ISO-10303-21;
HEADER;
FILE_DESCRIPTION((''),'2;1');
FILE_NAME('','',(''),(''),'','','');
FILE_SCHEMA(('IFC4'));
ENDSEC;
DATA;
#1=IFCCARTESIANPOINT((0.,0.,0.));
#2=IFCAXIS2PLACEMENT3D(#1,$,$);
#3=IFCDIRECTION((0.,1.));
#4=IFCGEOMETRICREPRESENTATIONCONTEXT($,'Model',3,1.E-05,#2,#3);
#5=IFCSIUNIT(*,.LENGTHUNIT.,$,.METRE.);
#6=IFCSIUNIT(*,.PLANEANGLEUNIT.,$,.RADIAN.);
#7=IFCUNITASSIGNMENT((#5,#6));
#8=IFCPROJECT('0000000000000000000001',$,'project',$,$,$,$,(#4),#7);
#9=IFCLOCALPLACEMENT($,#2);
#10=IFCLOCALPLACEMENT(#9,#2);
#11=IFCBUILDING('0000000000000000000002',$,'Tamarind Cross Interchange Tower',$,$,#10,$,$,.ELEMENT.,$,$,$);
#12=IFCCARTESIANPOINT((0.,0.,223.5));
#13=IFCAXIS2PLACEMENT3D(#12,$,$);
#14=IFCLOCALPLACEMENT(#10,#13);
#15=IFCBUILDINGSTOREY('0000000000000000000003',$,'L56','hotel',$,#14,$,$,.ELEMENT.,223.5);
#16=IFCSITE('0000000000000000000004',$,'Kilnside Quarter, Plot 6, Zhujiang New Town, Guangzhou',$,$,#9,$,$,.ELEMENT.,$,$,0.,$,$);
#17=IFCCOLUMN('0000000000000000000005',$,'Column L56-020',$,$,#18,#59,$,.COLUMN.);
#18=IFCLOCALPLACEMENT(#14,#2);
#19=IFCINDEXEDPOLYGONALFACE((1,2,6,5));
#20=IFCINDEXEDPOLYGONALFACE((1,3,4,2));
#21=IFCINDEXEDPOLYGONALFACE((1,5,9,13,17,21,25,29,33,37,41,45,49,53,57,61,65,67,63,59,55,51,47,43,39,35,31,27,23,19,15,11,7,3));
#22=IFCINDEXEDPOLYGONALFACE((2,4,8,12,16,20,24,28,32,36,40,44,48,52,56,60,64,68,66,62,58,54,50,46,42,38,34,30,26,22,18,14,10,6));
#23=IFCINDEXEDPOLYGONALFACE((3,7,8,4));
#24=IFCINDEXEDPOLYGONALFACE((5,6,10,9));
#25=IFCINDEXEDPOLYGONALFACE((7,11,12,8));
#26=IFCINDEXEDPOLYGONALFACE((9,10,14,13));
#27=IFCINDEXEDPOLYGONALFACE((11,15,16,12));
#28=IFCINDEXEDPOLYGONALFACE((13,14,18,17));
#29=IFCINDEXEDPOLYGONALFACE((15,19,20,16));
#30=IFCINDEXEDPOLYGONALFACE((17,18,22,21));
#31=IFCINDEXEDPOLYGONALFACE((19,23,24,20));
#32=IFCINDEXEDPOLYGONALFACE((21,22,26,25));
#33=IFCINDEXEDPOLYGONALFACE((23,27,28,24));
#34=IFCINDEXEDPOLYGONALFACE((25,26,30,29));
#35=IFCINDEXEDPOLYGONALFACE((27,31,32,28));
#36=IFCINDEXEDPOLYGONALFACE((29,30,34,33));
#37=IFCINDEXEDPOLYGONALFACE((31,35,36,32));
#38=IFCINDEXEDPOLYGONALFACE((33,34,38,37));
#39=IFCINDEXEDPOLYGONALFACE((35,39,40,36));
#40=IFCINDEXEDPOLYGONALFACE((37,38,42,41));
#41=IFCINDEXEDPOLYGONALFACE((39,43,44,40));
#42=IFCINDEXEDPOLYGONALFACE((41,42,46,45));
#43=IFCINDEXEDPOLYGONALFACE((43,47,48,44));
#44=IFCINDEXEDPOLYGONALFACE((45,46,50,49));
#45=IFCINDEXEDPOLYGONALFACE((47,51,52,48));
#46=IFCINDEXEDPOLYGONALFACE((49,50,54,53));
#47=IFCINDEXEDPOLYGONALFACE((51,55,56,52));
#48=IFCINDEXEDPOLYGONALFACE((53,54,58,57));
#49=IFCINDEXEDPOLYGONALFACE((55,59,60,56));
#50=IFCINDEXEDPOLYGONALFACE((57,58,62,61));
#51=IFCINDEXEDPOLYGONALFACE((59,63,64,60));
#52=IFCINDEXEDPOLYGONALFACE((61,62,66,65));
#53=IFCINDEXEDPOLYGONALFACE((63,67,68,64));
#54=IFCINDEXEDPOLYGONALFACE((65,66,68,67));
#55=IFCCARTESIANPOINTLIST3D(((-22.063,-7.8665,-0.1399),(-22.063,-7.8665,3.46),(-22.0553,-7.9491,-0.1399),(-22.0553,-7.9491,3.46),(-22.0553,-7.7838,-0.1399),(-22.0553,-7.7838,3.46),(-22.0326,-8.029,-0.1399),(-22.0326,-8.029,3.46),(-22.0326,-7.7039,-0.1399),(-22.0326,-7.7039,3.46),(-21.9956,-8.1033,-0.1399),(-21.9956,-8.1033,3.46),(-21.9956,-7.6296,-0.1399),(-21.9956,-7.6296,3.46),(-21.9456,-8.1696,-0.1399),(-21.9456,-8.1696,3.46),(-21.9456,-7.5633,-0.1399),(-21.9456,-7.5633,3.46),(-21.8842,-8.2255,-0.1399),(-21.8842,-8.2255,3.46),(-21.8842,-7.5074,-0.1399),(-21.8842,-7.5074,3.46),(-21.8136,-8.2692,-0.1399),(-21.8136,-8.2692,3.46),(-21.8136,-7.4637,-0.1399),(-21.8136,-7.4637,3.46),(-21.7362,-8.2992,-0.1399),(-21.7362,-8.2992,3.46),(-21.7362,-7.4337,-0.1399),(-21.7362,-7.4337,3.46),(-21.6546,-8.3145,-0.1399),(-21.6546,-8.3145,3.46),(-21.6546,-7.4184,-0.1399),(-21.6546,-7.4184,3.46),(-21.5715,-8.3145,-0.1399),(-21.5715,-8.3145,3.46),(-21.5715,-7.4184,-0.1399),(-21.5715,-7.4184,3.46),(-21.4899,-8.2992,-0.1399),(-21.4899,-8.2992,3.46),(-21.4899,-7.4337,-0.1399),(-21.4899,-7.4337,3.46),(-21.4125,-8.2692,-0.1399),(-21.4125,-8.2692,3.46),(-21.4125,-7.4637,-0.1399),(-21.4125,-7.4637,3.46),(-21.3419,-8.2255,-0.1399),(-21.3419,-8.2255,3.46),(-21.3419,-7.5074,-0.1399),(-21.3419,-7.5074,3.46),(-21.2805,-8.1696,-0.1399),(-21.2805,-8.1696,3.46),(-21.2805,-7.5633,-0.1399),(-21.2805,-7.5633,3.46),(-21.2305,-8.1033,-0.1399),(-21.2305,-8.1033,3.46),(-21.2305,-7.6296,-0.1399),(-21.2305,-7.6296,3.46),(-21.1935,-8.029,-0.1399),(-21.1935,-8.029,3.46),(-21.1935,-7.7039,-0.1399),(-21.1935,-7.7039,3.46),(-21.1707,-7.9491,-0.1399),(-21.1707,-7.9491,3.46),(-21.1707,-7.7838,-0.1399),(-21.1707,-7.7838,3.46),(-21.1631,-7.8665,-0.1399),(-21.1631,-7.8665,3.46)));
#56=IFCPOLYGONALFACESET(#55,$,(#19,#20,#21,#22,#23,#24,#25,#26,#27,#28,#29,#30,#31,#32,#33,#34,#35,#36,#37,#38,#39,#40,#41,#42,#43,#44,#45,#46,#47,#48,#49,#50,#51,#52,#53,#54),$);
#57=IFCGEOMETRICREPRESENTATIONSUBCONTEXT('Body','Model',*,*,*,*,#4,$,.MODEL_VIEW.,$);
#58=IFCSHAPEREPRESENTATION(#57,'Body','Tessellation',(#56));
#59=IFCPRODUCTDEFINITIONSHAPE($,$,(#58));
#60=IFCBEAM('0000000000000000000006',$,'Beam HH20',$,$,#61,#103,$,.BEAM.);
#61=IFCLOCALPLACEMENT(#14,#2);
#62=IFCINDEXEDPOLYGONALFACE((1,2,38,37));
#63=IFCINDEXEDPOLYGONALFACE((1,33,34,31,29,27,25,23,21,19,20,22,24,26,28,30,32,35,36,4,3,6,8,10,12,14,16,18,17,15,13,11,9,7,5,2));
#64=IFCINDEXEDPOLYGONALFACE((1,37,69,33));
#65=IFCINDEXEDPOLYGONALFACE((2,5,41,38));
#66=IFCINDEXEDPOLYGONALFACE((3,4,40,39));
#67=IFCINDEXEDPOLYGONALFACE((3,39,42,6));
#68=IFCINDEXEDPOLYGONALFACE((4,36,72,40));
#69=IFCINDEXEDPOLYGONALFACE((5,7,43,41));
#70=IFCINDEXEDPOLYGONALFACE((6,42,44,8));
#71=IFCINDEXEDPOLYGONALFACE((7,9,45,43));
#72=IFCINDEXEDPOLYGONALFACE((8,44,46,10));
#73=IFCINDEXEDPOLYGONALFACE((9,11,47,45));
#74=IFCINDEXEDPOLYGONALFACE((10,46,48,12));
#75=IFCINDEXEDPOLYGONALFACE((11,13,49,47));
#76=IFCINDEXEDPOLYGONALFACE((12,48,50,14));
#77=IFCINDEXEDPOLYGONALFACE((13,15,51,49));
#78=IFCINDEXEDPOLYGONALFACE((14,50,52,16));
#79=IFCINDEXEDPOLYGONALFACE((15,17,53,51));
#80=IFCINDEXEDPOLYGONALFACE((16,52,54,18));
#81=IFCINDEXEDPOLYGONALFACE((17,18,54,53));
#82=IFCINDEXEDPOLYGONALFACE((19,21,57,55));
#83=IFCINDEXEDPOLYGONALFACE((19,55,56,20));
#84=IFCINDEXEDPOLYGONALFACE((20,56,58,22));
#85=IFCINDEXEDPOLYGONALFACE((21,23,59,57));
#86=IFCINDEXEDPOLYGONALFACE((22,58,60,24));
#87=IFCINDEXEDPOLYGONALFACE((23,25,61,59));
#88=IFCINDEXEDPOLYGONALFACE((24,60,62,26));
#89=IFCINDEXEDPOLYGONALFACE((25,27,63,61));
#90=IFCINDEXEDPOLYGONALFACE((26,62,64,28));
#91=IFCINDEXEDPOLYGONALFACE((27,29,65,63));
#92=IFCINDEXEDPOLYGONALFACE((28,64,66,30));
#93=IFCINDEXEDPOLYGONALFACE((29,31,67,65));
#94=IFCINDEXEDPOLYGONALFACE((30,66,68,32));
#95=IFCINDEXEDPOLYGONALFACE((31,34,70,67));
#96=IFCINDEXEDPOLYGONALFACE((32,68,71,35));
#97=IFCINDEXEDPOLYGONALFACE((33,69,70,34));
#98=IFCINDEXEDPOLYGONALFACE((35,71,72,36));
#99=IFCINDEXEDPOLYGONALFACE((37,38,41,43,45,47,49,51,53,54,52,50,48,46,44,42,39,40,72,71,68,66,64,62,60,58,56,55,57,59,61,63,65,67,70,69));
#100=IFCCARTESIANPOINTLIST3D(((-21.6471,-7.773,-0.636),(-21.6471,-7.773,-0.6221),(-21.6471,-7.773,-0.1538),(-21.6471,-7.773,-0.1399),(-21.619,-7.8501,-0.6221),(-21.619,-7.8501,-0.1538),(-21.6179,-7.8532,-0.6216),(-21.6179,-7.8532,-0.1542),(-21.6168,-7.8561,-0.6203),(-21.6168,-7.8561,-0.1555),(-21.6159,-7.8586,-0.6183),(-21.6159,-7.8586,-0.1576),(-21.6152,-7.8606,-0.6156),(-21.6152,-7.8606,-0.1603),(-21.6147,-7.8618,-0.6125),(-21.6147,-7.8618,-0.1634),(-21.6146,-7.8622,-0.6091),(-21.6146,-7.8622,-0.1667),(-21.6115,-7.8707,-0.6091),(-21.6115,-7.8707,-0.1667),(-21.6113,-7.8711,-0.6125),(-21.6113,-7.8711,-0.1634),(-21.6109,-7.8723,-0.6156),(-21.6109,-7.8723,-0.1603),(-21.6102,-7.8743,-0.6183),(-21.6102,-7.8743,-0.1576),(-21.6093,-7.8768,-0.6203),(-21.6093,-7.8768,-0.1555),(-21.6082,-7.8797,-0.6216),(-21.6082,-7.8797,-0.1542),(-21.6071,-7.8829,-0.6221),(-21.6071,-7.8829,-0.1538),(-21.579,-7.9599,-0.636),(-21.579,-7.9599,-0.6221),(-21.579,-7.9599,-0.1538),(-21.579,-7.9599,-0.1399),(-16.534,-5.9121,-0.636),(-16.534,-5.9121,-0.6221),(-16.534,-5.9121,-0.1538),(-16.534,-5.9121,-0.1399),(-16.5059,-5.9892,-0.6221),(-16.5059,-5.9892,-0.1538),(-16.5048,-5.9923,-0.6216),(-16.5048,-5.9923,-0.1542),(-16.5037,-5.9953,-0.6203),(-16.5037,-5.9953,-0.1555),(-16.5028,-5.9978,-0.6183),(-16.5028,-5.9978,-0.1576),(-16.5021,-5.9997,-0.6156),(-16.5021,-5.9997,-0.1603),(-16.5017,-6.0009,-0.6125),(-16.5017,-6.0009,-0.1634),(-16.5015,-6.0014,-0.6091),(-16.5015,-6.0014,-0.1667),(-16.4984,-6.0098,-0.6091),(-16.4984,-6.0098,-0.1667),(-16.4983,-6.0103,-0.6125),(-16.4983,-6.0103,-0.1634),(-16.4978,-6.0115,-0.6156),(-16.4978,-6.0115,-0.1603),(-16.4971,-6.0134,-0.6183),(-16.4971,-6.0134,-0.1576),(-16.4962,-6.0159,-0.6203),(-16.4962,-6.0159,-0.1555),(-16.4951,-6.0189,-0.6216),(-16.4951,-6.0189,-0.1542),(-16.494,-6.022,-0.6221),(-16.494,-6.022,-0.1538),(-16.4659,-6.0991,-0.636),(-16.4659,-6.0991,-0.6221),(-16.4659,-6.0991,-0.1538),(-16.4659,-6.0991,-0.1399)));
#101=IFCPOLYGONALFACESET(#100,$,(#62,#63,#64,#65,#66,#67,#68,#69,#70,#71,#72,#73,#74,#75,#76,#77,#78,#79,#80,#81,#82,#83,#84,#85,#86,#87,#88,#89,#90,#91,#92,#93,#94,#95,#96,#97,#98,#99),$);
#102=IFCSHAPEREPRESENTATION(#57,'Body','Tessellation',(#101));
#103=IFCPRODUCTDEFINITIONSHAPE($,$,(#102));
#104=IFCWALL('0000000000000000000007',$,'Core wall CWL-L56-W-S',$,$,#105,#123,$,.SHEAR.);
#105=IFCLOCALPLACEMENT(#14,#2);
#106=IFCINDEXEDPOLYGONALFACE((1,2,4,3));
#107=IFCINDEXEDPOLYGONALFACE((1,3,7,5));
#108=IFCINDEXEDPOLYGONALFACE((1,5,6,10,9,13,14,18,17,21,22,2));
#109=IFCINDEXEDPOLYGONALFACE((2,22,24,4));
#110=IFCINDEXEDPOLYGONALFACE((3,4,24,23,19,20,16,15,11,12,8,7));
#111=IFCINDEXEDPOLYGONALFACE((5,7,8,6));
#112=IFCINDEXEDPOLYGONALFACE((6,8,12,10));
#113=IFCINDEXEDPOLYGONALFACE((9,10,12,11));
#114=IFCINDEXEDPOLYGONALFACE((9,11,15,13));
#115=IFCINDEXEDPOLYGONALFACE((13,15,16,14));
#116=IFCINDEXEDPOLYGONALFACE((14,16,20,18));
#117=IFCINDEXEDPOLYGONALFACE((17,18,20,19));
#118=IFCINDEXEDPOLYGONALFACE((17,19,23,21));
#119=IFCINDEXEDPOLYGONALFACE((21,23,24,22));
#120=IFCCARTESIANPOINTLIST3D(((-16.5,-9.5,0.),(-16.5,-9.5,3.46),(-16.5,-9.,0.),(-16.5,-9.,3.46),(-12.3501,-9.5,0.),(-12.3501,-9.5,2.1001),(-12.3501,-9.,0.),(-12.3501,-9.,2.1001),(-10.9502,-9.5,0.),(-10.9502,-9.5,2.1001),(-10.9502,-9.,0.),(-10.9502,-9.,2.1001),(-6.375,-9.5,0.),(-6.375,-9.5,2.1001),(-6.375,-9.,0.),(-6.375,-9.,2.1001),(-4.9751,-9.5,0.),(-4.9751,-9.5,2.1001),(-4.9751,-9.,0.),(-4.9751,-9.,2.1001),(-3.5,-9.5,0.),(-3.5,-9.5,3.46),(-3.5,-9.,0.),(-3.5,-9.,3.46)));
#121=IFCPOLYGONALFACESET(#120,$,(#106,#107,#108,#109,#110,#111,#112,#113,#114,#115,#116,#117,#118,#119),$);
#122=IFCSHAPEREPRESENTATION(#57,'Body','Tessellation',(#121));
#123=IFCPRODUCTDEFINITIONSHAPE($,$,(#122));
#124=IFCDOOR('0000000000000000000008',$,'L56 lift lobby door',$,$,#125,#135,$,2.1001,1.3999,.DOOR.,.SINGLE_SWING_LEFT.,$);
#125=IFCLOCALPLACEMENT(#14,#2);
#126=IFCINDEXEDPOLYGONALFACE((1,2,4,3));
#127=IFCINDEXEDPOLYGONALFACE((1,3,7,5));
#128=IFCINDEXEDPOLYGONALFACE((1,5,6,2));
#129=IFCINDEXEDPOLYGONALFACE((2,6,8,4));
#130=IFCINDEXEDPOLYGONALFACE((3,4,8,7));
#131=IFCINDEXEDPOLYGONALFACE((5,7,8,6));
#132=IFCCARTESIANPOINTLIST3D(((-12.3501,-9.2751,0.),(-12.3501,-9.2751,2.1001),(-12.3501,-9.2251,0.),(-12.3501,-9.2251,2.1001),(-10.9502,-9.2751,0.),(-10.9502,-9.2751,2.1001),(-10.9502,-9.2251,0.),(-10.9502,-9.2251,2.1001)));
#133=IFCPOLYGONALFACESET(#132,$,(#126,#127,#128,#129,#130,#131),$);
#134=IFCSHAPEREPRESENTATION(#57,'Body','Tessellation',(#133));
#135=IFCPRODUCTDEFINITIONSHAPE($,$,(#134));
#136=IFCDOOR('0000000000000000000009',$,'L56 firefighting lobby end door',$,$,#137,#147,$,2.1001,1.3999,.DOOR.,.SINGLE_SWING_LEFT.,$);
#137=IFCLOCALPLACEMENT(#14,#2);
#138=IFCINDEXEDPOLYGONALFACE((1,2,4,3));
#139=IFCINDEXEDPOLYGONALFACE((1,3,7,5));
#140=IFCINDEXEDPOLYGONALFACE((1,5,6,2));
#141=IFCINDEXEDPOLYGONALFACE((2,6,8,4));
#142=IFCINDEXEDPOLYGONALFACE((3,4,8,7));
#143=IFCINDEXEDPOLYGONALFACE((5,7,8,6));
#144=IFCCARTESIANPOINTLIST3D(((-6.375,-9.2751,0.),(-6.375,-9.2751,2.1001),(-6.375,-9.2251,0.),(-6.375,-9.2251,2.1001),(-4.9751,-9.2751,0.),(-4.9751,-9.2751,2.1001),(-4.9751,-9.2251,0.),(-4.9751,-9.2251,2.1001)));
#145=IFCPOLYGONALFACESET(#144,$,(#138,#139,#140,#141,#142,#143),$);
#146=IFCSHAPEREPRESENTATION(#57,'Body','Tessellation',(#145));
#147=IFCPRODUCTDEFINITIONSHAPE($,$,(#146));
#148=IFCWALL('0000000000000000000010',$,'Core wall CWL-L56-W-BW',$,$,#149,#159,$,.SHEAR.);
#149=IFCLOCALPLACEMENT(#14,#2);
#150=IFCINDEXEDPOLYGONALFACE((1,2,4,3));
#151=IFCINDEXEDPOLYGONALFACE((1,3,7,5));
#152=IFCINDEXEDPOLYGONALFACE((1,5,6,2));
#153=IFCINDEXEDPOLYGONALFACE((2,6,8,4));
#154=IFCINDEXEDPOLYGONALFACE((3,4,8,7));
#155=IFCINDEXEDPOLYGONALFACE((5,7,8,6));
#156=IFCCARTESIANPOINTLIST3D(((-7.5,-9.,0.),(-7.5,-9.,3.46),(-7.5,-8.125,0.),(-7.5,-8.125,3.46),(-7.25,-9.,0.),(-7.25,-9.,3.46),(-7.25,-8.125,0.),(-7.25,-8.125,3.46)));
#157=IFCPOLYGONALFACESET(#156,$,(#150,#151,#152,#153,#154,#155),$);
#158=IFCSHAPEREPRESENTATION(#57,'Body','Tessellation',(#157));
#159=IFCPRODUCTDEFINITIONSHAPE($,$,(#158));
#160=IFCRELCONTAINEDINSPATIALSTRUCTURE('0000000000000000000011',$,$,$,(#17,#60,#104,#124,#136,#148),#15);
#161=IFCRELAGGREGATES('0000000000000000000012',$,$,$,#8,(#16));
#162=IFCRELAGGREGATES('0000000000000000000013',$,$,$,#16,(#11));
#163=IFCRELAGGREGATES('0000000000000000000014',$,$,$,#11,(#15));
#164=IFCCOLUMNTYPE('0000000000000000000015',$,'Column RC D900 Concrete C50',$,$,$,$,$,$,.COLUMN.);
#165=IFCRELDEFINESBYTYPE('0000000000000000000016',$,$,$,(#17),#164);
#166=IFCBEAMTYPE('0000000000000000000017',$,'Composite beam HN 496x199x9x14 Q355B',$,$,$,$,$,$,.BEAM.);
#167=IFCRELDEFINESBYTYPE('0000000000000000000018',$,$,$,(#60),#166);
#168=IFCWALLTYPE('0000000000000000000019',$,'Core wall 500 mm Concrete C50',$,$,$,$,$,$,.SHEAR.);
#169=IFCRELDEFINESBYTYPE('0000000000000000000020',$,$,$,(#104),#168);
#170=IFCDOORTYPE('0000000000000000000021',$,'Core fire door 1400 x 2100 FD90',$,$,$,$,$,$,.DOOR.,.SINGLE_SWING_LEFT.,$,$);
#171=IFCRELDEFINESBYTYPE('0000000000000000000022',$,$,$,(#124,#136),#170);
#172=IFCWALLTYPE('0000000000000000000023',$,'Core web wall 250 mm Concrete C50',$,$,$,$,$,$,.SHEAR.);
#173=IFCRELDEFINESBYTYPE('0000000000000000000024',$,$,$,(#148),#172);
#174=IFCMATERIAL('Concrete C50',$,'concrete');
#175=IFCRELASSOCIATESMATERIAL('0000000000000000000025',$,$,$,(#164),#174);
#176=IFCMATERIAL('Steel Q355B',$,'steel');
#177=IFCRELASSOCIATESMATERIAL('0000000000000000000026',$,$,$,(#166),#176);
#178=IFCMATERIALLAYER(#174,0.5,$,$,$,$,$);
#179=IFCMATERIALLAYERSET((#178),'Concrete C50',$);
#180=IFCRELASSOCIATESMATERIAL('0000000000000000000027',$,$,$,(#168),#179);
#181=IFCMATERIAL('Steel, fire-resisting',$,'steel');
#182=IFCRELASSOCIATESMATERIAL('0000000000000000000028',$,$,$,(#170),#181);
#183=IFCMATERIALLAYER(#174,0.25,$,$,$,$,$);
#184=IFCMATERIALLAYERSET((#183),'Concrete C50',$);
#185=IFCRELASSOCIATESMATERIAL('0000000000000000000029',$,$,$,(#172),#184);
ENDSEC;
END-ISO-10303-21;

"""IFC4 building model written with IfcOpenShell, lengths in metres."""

from ifc_helpers import new_model, si_unit, direction, frame, frame_2d, origin, origin_2d, place, context, subcontext, project, spatial, rectangle, circle, i_section, extrude, material, layer, layer_set, material_profile, profile_set, type_object, element, fill, save


model = new_model("IFC4")

# Units and contexts
model_context = context("Model", 3, precision=1e-05, world=origin(), true_north=direction((0.0, 1.0)))
body_context = subcontext(model_context, "Body", "Model", "MODEL_VIEW")
ifc_project = project(units=[si_unit("LENGTHUNIT", "METRE"), si_unit("PLANEANGLEUNIT", "RADIAN")], contexts=[model_context])

# Site, building, storey
site_placement = place(None, origin())
site = spatial("IfcSite", under=ifc_project, at=site_placement, Name="Kilnside Quarter, Plot 6, Zhujiang New Town, Guangzhou", CompositionType="ELEMENT", RefElevation=0.0)
building_placement = place(site_placement, origin())
building = spatial("IfcBuilding", under=site, at=building_placement, Name="Tamarind Cross Interchange Tower", CompositionType="ELEMENT")
storey_placement = place(building_placement, frame((0.0, 0.0, 223.5)))
storey = spatial("IfcBuildingStorey", under=building, at=storey_placement, Name="L56", Description="hotel", CompositionType="ELEMENT", Elevation=223.5)

# Column
ifc_material_1 = material(Name="Concrete C50", Category="concrete")
ifc_material_profile_1 = material_profile(ifc_material_1, circle(Radius=0.45, at=origin_2d()), Name="RC D900")
ifc_profile_set_1 = profile_set([ifc_material_profile_1], Name="Concrete C50")
column_type = type_object("IfcColumnType", Name="Column RC D900 Concrete C50", PredefinedType="COLUMN", material=ifc_profile_set_1)
column_placement = place(storey_placement, frame((-21.613, -7.8665, -0.1399), z_axis=(0.0, 0.0, 1.0), x_axis=(1.0, 0.0, 0.0)))
element("IfcColumn", 1, at=column_placement, inside=storey, type_object=column_type, Name="Column L56-020", PredefinedType="COLUMN", context=body_context, shape_type="SweptSolid", body=[
    extrude(circle(Radius=0.45, at=origin_2d()), origin(), (0.0, 0.0, 1.0), 3.5999),
])

# Beam
ifc_material_2 = material(Name="Steel Q355B", Category="steel")
ifc_material_profile_2 = material_profile(ifc_material_2, i_section(OverallWidth=0.199, OverallDepth=0.4961, WebThickness=0.009, FlangeThickness=0.0139, FilletRadius=0.0129, at=origin_2d()), Name="HN 496x199x9x14")
ifc_profile_set_2 = profile_set([ifc_material_profile_2], Name="Steel Q355B")
beam_type = type_object("IfcBeamType", Name="Composite beam HN 496x199x9x14 Q355B", PredefinedType="BEAM", material=ifc_profile_set_2)
beam_placement = place(storey_placement, frame((-21.613, -7.8665, -0.3879), z_axis=(0.939702, 0.341995, 0.0), x_axis=(-0.341995, 0.939702, 0.0)))
element("IfcBeam", 2, at=beam_placement, inside=storey, type_object=beam_type, Name="Beam HH20", PredefinedType="BEAM", context=body_context, shape_type="SweptSolid", body=[
    extrude(i_section(OverallWidth=0.199, OverallDepth=0.4961, WebThickness=0.009, FlangeThickness=0.0139, FilletRadius=0.0129, at=origin_2d()), origin(), (0.0, 0.0, 1.0), 5.4412),
])

# Wall, openings, doors
ifc_layer_1 = layer(ifc_material_1, 0.5)
ifc_layer_set_1 = layer_set([ifc_layer_1], Name="Concrete C50")
wall_type_1 = type_object("IfcWallType", Name="Core wall 500 mm Concrete C50", PredefinedType="SHEAR", material=ifc_layer_set_1)
wall_1_placement = place(storey_placement, frame((-16.5, -9.25, 0.0), z_axis=(0.0, 0.0, 1.0), x_axis=(1.0, 0.0, 0.0)))
wall_1 = element("IfcWall", 3, at=wall_1_placement, inside=storey, type_object=wall_type_1, Name="Core wall CWL-L56-W-S", PredefinedType="SHEAR", context=body_context, shape_type="SweptSolid", body=[
    extrude(rectangle(XDim=13.0, YDim=0.5, at=frame_2d((6.5, 0.0))), origin(), (0.0, 0.0, 1.0), 3.46),
])
opening_1_placement = place(wall_1_placement, frame((4.1499, 0.0, 0.0)))
opening_1 = element("IfcOpeningElement", 4, at=opening_1_placement, cuts=wall_1, PredefinedType="OPENING", context=body_context, shape_type="SweptSolid", body=[
    extrude(rectangle(XDim=1.3999, YDim=2.1001, at=frame_2d((0.7, 1.05))), frame((0.0, 0.26, 0.0), z_axis=(0.0, -1.0, 0.0), x_axis=(1.0, 0.0, 0.0)), (0.0, 0.0, 1.0), 0.52),
])
opening_2_placement = place(wall_1_placement, frame((10.125, 0.0, 0.0)))
opening_2 = element("IfcOpeningElement", 5, at=opening_2_placement, cuts=wall_1, PredefinedType="OPENING", context=body_context, shape_type="SweptSolid", body=[
    extrude(rectangle(XDim=1.3999, YDim=2.1001, at=frame_2d((0.7, 1.05))), frame((0.0, 0.26, 0.0), z_axis=(0.0, -1.0, 0.0), x_axis=(1.0, 0.0, 0.0)), (0.0, 0.0, 1.0), 0.52),
])
ifc_material_3 = material(Name="Steel, fire-resisting", Category="steel")
door_type_1 = type_object("IfcDoorType", Name="Core fire door 1400 x 2100 FD90", OperationType="SINGLE_SWING_LEFT", PredefinedType="DOOR", material=ifc_material_3)
door_1_placement = place(opening_1_placement, origin())
door_1 = element("IfcDoor", 6, at=door_1_placement, inside=storey, type_object=door_type_1, Name="L56 lift lobby door", OperationType="SINGLE_SWING_LEFT", OverallHeight=2.1001, OverallWidth=1.3999, PredefinedType="DOOR", context=body_context, shape_type="SweptSolid", body=[
    extrude(rectangle(XDim=1.3999, YDim=2.1001, at=frame_2d((0.7, 1.05))), frame((0.0, 0.0249, 0.0), z_axis=(0.0, -1.0, 0.0), x_axis=(1.0, 0.0, 0.0)), (0.0, 0.0, 1.0), 0.05),
])
fill(opening_1, door_1)
door_2_placement = place(opening_2_placement, origin())
door_2 = element("IfcDoor", 7, at=door_2_placement, inside=storey, type_object=door_type_1, Name="L56 firefighting lobby end door", OperationType="SINGLE_SWING_LEFT", OverallHeight=2.1001, OverallWidth=1.3999, PredefinedType="DOOR", context=body_context, shape_type="SweptSolid", body=[
    extrude(rectangle(XDim=1.3999, YDim=2.1001, at=frame_2d((0.7, 1.05))), frame((0.0, 0.0249, 0.0), z_axis=(0.0, -1.0, 0.0), x_axis=(1.0, 0.0, 0.0)), (0.0, 0.0, 1.0), 0.05),
])
fill(opening_2, door_2)

# Wall
ifc_layer_2 = layer(ifc_material_1, 0.25)
ifc_layer_set_2 = layer_set([ifc_layer_2], Name="Concrete C50")
wall_type_2 = type_object("IfcWallType", Name="Core web wall 250 mm Concrete C50", PredefinedType="SHEAR", material=ifc_layer_set_2)
wall_2_placement = place(storey_placement, frame((-7.375, -9.0, 0.0), z_axis=(0.0, 0.0, 1.0), x_axis=(0.0, 1.0, 0.0)))
element("IfcWall", 8, at=wall_2_placement, inside=storey, type_object=wall_type_2, Name="Core wall CWL-L56-W-BW", PredefinedType="SHEAR", context=body_context, shape_type="SweptSolid", body=[
    extrude(rectangle(XDim=0.875, YDim=0.25, at=frame_2d((0.4375, 0.0))), origin(), (0.0, 0.0, 1.0), 3.46),
])

save(model, "model.ifc")
